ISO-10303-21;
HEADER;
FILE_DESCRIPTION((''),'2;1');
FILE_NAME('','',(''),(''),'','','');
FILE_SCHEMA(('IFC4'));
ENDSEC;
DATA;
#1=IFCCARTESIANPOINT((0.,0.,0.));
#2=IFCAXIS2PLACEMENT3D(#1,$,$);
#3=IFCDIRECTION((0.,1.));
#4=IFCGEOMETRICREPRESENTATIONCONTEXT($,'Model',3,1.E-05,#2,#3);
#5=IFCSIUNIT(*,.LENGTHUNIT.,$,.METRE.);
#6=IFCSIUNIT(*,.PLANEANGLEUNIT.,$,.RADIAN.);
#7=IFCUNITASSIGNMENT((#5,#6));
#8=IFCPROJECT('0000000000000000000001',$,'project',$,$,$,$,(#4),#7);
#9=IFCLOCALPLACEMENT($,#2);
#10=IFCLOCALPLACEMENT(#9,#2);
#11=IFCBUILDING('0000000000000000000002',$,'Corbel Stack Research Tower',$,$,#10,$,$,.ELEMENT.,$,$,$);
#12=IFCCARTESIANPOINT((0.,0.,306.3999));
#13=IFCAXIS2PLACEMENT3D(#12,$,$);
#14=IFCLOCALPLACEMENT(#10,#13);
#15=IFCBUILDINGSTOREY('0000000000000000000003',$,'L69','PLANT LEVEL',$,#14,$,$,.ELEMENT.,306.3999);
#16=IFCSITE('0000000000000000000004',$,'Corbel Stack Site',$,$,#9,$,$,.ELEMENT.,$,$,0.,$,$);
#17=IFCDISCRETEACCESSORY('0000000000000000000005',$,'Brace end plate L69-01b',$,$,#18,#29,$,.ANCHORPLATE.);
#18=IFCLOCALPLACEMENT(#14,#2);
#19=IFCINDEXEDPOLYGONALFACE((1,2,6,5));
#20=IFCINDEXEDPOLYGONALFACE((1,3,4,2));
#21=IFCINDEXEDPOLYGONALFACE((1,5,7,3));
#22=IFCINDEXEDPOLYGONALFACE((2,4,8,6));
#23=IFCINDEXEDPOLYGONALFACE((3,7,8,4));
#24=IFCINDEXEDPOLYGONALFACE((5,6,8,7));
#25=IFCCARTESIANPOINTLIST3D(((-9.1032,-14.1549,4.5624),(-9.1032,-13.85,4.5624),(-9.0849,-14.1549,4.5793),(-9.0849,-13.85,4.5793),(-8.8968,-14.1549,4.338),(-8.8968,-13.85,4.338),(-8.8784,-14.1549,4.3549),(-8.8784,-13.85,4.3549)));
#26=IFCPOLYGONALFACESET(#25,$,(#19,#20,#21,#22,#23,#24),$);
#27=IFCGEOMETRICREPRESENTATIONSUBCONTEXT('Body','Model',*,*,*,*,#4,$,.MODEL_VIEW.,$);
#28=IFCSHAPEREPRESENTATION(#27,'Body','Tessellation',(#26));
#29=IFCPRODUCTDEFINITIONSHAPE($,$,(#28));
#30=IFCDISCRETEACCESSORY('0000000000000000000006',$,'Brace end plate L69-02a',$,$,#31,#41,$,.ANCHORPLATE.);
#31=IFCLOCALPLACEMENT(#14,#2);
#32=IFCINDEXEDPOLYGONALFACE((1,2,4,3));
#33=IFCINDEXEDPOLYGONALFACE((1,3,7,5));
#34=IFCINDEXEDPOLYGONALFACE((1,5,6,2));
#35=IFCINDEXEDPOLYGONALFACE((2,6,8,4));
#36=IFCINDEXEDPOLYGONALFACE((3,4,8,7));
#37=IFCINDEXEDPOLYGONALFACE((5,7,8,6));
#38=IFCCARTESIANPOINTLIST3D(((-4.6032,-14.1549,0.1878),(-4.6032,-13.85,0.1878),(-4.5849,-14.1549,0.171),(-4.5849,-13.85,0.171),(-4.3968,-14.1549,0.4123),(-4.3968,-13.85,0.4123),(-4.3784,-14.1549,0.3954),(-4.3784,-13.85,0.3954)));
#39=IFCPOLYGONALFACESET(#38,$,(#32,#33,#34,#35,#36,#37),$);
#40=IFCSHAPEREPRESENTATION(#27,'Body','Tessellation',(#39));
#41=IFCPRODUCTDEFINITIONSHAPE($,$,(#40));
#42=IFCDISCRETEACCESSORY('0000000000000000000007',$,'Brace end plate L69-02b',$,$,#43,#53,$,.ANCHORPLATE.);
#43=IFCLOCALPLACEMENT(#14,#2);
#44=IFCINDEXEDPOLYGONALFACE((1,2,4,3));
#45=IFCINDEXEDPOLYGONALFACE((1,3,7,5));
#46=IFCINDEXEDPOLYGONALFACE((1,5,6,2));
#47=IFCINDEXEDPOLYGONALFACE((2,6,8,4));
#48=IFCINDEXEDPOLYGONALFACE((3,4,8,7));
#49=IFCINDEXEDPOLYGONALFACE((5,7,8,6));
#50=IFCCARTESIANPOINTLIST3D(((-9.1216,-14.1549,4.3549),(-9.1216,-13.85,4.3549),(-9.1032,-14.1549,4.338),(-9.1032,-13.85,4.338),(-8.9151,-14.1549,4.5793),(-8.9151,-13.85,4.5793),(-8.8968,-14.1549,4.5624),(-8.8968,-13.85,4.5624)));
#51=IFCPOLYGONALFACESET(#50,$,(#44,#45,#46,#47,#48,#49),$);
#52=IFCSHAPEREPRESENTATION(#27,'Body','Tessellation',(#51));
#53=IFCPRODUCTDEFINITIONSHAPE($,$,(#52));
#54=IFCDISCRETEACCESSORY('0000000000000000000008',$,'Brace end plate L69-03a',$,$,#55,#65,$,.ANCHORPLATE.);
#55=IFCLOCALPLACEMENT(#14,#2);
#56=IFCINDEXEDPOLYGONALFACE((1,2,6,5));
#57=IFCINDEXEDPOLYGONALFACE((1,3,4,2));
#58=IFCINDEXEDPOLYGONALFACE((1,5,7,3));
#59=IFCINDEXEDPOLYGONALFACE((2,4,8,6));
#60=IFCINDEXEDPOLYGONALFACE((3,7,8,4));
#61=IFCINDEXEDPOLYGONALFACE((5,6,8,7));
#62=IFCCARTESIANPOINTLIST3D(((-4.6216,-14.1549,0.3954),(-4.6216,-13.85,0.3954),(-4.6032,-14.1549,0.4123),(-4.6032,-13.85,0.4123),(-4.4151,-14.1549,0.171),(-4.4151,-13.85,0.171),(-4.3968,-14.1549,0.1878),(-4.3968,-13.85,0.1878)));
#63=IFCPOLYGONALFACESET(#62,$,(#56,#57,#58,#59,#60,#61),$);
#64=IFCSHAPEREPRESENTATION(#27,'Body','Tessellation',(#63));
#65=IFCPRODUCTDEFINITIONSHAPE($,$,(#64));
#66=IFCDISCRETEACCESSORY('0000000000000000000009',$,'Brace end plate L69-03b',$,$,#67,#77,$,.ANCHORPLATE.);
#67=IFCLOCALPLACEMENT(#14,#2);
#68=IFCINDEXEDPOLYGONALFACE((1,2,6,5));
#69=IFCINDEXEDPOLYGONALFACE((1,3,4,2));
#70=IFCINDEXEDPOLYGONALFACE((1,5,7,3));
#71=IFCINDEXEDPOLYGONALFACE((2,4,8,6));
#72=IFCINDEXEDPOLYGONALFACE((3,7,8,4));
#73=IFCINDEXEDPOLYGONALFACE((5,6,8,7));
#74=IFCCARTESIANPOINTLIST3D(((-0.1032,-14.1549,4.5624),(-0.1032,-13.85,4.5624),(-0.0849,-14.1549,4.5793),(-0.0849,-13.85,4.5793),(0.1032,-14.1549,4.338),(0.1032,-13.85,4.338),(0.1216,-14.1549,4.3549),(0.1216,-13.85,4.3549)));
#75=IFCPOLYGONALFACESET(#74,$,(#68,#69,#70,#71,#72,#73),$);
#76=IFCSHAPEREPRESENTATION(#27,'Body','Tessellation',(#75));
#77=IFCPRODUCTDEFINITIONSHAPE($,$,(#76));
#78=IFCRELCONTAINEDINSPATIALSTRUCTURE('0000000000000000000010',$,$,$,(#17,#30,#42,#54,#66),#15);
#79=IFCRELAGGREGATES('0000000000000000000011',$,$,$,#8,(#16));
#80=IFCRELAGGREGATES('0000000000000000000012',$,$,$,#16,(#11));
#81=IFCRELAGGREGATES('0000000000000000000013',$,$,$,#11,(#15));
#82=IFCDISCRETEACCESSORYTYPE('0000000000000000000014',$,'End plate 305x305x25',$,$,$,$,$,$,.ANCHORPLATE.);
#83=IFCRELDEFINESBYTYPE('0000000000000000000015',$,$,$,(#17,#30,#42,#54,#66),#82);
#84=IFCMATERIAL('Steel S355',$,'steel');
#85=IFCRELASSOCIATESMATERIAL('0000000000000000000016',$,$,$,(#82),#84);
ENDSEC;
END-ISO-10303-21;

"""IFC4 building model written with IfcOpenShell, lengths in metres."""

from ifc_helpers import new_model, si_unit, direction, frame, origin, origin_2d, place, context, subcontext, project, spatial, rectangle, extrude, material, material_profile, profile_set, type_object, element, save


model = new_model("IFC4")

# Units and contexts
model_context = context("Model", 3, precision=1e-05, world=origin(), true_north=direction((0.0, 1.0)))
body_context = subcontext(model_context, "Body", "Model", "MODEL_VIEW")
ifc_project = project(units=[si_unit("LENGTHUNIT", "METRE"), si_unit("PLANEANGLEUNIT", "RADIAN")], contexts=[model_context])

# Site, building, storey
site_placement = place(None, origin())
site = spatial("IfcSite", under=ifc_project, at=site_placement, Name="Corbel Stack Site", CompositionType="ELEMENT", RefElevation=0.0)
building_placement = place(site_placement, origin())
building = spatial("IfcBuilding", under=site, at=building_placement, Name="Corbel Stack Research Tower", CompositionType="ELEMENT")
storey_placement = place(building_placement, frame((0.0, 0.0, 306.3999)))
storey = spatial("IfcBuildingStorey", under=building, at=storey_placement, Name="L69", Description="PLANT LEVEL", CompositionType="ELEMENT", Elevation=306.3999)

# Discrete accessories
ifc_material_1 = material(Name="Steel S355", Category="steel")
ifc_material_profile_1 = material_profile(ifc_material_1, rectangle(XDim=0.3049, YDim=0.3049, at=origin_2d()), Name="End plate 305x305x25")
ifc_profile_set_1 = profile_set([ifc_material_profile_1], Name="Steel S355")
discrete_accessory_type = type_object("IfcDiscreteAccessoryType", Name="End plate 305x305x25", PredefinedType="ANCHORPLATE", material=ifc_profile_set_1)
for number, where, z_axis, x_axis, name in (
    (1, (-9.0, -14.0024, 4.4502), (0.735931, 0.0, 0.677057), (0.0, 1.0, 0.0), "Brace end plate L69-01b"),
    (2, (-4.5, -14.0024, 0.3), (0.735931, 0.0, -0.677057), (0.0, 1.0, 0.0), "Brace end plate L69-02a"),
    (3, (-9.0, -14.0024, 4.4502), (-0.735931, 0.0, 0.677057), (0.0, -1.0, 0.0), "Brace end plate L69-02b"),
    (4, (-4.5, -14.0024, 0.3), (-0.735931, 0.0, -0.677057), (0.0, -1.0, 0.0), "Brace end plate L69-03a"),
    (5, (0.0, -14.0024, 4.4502), (0.735931, 0.0, 0.677057), (0.0, 1.0, 0.0), "Brace end plate L69-03b"),
):
    element("IfcDiscreteAccessory", number, at=place(storey_placement, frame(where, z_axis=z_axis, x_axis=x_axis)), inside=storey, type_object=discrete_accessory_type, Name=name, PredefinedType="ANCHORPLATE", context=body_context, shape_type="SweptSolid", body=[
        extrude(rectangle(XDim=0.3049, YDim=0.3049, at=origin_2d()), origin(), (0.0, 0.0, 1.0), 0.0249),
    ])

save(model, "model.ifc")
